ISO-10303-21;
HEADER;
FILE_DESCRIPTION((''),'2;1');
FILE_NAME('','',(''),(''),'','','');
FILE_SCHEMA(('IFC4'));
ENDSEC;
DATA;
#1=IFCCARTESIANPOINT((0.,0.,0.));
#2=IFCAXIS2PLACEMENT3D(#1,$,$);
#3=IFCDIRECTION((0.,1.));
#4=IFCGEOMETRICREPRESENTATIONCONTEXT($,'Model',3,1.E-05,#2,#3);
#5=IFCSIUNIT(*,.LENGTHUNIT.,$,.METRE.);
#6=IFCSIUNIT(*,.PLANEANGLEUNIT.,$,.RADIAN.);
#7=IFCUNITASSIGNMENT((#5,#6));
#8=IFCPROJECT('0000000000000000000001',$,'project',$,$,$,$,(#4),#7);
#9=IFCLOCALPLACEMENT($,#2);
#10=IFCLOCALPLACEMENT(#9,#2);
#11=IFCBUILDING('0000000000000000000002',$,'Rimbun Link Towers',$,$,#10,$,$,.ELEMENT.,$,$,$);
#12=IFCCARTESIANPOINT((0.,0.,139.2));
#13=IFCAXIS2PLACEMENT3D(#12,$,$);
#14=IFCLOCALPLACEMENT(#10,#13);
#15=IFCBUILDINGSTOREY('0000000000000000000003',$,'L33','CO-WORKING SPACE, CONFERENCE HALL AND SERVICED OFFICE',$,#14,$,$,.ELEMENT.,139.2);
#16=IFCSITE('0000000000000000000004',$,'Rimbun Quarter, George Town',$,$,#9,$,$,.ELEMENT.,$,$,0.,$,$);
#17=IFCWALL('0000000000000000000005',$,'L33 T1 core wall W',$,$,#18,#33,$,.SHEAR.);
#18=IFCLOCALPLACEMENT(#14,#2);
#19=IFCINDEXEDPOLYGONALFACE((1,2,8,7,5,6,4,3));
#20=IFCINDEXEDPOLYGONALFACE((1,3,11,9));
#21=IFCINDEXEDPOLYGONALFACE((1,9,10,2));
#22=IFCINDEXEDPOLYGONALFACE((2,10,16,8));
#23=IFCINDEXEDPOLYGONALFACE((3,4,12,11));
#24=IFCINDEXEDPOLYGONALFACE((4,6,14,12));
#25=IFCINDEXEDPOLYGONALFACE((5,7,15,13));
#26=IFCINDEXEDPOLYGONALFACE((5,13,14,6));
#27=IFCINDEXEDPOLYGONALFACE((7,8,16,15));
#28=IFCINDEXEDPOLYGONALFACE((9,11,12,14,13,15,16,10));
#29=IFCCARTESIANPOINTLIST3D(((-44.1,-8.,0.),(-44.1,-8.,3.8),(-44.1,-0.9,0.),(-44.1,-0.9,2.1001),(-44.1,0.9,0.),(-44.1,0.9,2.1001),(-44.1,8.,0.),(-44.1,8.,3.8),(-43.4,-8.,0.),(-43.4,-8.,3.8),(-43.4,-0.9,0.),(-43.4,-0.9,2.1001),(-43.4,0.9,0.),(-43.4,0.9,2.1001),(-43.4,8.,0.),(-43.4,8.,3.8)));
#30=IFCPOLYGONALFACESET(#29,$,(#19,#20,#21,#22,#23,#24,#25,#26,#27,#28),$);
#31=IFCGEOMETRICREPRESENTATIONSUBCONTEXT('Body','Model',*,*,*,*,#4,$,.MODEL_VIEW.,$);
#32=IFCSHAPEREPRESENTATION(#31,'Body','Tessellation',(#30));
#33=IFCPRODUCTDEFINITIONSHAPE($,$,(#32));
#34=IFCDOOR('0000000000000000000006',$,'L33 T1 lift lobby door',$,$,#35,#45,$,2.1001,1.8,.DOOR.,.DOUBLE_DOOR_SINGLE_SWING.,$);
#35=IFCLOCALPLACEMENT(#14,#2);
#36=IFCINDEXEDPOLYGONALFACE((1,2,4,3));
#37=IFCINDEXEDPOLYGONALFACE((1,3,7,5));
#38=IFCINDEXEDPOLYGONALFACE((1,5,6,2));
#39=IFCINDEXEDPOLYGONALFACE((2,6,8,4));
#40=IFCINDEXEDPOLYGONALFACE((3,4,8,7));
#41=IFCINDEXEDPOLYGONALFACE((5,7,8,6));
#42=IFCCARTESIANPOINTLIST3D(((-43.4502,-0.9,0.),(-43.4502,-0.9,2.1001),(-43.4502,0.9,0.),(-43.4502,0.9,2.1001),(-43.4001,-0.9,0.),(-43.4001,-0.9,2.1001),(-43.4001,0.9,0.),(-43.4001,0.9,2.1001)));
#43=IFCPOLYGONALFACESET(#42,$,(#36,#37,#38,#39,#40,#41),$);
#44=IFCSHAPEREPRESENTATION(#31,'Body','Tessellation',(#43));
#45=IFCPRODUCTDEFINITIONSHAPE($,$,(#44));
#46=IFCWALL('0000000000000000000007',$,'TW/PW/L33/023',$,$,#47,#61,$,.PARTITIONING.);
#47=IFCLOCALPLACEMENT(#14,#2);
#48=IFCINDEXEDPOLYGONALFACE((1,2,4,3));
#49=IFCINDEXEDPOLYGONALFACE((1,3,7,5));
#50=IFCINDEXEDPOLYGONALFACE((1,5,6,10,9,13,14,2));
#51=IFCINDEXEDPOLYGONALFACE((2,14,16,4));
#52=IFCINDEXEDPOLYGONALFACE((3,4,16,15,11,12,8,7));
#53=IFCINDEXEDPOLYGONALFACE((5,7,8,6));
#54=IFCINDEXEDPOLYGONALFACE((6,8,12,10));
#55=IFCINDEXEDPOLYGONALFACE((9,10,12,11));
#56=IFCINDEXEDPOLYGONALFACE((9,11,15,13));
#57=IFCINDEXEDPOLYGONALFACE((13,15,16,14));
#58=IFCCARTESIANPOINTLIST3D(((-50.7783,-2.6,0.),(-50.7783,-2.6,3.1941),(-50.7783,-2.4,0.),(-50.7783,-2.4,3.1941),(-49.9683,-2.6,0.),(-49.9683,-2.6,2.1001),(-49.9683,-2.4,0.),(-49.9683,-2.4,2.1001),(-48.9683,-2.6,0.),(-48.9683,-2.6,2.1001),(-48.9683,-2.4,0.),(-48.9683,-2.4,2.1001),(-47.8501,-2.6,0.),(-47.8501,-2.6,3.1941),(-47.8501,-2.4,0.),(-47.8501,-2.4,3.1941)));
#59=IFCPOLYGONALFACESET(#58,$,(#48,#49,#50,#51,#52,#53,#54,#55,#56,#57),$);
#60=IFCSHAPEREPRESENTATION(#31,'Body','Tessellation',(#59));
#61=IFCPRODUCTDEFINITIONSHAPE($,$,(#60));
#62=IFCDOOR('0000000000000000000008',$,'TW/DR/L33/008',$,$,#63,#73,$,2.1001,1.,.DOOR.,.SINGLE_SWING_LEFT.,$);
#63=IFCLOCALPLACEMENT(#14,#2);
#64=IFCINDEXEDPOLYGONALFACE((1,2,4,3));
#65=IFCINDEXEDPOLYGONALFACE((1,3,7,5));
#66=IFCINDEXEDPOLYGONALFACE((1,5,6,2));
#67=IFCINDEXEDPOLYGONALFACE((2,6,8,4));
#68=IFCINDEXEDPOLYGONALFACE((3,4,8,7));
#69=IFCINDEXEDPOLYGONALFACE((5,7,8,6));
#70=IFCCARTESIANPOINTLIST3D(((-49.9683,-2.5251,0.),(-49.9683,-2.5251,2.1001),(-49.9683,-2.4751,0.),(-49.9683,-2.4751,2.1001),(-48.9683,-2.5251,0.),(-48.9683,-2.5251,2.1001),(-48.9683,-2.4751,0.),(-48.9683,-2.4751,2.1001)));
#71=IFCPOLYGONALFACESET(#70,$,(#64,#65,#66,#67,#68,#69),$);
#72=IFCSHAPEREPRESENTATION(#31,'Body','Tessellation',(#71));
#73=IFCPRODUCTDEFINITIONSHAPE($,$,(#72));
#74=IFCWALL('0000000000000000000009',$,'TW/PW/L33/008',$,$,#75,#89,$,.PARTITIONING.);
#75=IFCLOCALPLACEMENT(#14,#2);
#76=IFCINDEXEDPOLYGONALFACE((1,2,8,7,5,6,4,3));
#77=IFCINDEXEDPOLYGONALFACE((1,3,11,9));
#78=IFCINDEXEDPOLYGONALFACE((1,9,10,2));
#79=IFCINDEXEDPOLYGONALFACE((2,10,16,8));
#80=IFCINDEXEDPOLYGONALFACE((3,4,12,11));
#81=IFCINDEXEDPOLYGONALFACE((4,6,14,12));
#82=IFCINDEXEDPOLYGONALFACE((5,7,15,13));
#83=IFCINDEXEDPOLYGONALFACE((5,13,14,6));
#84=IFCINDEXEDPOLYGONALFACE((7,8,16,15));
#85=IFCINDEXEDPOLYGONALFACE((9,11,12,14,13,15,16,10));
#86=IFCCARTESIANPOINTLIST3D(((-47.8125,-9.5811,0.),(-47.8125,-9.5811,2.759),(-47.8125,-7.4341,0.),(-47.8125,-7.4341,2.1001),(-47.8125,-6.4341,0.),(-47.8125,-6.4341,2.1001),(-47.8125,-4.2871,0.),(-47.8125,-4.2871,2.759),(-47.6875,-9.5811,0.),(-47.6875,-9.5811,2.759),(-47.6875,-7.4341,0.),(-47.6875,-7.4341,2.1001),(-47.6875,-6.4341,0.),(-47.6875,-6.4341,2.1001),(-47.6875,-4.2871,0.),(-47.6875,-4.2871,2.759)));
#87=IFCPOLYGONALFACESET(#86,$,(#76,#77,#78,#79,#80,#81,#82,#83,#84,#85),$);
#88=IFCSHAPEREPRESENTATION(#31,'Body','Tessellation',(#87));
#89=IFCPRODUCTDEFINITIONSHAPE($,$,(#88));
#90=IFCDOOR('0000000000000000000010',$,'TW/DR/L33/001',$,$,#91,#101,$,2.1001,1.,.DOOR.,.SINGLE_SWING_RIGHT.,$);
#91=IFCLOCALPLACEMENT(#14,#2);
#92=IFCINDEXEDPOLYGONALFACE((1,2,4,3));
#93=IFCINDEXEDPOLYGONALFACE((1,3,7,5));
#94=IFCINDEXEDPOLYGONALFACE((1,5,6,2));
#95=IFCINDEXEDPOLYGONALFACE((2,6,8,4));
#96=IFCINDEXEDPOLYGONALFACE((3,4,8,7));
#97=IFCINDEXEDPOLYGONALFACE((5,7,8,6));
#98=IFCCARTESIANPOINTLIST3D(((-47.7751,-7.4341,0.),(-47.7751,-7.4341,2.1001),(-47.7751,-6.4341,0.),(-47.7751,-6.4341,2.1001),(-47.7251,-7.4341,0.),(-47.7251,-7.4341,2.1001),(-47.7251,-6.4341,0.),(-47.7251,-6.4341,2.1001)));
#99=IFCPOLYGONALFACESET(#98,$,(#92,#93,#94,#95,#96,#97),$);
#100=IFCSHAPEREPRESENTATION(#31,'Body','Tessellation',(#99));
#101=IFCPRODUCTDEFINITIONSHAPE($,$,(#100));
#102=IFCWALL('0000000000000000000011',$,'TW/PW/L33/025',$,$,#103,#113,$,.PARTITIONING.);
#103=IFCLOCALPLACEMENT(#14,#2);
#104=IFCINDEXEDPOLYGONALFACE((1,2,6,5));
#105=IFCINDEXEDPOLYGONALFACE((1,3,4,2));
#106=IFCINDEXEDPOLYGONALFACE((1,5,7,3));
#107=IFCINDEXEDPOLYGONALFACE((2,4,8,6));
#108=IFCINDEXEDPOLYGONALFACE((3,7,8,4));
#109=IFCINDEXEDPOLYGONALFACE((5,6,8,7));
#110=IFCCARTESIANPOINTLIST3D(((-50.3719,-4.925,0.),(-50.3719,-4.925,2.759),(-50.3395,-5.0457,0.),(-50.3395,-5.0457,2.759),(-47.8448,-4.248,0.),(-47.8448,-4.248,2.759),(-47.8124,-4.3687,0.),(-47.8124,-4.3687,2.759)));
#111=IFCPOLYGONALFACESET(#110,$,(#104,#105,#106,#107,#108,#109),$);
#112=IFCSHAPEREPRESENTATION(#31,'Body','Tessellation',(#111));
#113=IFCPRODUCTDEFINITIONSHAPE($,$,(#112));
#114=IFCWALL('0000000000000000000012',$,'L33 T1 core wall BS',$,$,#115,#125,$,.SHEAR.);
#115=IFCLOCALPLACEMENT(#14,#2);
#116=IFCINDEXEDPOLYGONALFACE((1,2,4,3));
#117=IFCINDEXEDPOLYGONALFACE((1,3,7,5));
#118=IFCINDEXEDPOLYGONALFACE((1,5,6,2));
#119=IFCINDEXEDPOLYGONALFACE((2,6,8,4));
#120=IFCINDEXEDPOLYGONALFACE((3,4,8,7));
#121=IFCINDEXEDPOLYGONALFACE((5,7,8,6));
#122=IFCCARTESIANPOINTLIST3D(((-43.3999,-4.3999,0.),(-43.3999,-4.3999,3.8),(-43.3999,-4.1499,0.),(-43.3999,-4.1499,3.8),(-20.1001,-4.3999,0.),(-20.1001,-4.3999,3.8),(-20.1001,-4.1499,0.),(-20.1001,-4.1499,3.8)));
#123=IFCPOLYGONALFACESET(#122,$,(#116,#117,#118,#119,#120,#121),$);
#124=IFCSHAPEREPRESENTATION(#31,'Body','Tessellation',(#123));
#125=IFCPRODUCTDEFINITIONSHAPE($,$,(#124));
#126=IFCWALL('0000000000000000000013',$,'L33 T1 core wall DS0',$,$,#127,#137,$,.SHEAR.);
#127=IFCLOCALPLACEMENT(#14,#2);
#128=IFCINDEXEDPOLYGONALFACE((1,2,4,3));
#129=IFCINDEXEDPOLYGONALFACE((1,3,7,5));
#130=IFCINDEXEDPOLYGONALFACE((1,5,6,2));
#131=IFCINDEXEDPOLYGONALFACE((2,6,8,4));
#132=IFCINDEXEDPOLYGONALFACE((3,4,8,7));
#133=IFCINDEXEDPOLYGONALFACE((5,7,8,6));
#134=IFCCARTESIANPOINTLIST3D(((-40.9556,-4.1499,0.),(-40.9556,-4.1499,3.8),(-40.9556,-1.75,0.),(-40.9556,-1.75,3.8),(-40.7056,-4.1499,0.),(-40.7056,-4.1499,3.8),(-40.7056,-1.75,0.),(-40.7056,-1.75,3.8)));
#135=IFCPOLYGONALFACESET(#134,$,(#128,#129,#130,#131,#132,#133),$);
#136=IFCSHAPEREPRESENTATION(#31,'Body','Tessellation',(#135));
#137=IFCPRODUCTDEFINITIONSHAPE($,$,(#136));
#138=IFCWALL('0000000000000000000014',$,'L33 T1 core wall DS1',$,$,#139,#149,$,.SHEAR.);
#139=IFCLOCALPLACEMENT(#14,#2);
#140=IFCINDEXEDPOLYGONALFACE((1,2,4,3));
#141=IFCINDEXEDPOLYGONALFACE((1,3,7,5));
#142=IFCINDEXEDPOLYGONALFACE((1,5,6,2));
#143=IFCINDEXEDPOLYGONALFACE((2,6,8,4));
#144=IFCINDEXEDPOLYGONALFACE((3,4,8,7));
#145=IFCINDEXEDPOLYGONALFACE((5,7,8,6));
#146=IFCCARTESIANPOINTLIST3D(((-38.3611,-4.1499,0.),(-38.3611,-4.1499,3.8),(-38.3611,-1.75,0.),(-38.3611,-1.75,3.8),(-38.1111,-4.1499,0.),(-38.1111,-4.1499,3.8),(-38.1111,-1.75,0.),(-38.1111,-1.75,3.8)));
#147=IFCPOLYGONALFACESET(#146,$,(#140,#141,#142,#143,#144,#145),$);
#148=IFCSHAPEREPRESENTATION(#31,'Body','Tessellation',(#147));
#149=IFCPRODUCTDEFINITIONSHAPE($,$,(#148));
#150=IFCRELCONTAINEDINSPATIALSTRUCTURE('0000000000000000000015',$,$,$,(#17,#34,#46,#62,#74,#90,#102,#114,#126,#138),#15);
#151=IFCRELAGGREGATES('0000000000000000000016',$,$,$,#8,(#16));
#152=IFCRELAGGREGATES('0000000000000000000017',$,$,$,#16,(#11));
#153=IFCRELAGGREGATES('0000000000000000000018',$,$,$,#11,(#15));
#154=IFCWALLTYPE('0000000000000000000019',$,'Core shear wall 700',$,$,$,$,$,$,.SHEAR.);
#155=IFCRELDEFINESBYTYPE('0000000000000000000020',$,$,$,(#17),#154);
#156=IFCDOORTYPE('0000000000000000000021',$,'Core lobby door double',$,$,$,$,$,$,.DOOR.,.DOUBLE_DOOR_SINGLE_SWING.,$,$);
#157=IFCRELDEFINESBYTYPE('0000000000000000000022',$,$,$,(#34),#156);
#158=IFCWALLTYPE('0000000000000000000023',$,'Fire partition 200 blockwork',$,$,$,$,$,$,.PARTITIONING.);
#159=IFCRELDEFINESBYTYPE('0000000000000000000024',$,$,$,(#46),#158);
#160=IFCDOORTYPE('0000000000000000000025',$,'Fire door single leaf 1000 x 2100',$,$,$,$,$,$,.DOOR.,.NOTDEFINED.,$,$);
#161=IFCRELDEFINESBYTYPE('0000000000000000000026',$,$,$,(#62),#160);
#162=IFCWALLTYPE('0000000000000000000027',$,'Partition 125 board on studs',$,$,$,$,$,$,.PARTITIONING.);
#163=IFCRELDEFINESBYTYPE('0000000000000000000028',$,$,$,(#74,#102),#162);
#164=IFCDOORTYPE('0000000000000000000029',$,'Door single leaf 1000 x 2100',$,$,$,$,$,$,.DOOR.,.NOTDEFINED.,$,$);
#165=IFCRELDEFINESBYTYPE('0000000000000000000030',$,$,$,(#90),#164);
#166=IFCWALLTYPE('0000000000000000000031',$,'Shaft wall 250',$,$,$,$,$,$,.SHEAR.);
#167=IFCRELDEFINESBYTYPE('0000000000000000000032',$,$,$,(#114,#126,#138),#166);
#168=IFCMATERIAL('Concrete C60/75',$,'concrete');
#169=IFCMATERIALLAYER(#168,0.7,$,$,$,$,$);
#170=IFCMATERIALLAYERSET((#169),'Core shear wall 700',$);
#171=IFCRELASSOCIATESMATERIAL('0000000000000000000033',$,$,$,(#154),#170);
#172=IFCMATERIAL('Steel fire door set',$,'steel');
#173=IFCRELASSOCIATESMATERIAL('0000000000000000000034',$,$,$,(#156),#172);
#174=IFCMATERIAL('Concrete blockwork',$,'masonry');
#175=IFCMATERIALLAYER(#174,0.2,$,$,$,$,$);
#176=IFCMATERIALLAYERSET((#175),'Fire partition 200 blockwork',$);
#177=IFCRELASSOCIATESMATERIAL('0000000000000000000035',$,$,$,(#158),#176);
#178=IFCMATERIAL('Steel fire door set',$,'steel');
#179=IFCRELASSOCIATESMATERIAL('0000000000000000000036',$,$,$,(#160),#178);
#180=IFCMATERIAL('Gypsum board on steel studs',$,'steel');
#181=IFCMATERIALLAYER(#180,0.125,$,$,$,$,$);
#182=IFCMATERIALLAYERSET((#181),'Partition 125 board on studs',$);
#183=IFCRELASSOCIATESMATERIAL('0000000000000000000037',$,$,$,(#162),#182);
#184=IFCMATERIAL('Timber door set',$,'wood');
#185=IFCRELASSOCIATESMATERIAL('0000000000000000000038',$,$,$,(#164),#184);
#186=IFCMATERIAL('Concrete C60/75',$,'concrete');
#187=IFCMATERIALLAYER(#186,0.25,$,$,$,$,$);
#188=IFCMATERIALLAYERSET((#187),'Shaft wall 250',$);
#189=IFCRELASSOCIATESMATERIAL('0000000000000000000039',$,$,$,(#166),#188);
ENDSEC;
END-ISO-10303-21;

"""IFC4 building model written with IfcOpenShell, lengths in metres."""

from ifc_helpers import new_model, si_unit, direction, frame, frame_2d, origin, place, context, subcontext, project, spatial, rectangle, extrude, material, layer, layer_set, type_object, element, fill, save


model = new_model("IFC4")

# Units and contexts
model_context = context("Model", 3, precision=1e-05, world=origin(), true_north=direction((0.0, 1.0)))
body_context = subcontext(model_context, "Body", "Model", "MODEL_VIEW")
ifc_project = project(units=[si_unit("LENGTHUNIT", "METRE"), si_unit("PLANEANGLEUNIT", "RADIAN")], contexts=[model_context])

# Site, building, storey
site_placement = place(None, origin())
site = spatial("IfcSite", under=ifc_project, at=site_placement, Name="Rimbun Quarter, George Town", CompositionType="ELEMENT", RefElevation=0.0)
building_placement = place(site_placement, origin())
building = spatial("IfcBuilding", under=site, at=building_placement, Name="Rimbun Link Towers", CompositionType="ELEMENT")
storey_placement = place(building_placement, frame((0.0, 0.0, 139.2)))
storey = spatial("IfcBuildingStorey", under=building, at=storey_placement, Name="L33", Description="CO-WORKING SPACE, CONFERENCE HALL AND SERVICED OFFICE", CompositionType="ELEMENT", Elevation=139.2)

# Shared definitions
ifc_material_1 = material(Name="Concrete C60/75", Category="concrete")
ifc_layer_1 = layer(ifc_material_1, 0.7)
ifc_layer_set_1 = layer_set([ifc_layer_1], Name="Core shear wall 700")
wall_type_1 = type_object("IfcWallType", Name="Core shear wall 700", PredefinedType="SHEAR", material=ifc_layer_set_1)

# Walls, openings, doors
wall_1_placement = place(storey_placement, frame((-43.75, -8.0, 0.0), z_axis=(0.0, 0.0, 1.0), x_axis=(0.0, 1.0, 0.0)))
wall_1 = element("IfcWall", 1, at=wall_1_placement, inside=storey, type_object=wall_type_1, Name="L33 T1 core wall W", PredefinedType="SHEAR", context=body_context, shape_type="SweptSolid", body=[
    extrude(rectangle(XDim=16.0, YDim=0.7, at=frame_2d((8.0, 0.0))), origin(), (0.0, 0.0, 1.0), 3.8),
])
opening_1_placement = place(wall_1_placement, frame((7.1001, 0.0, 0.0)))
opening_1 = element("IfcOpeningElement", 2, at=opening_1_placement, cuts=wall_1, PredefinedType="OPENING", context=body_context, shape_type="SweptSolid", body=[
    extrude(rectangle(XDim=1.8, YDim=2.1001, at=frame_2d((0.8999, 1.05))), frame((0.0, 0.3599, 0.0), z_axis=(0.0, -1.0, 0.0), x_axis=(1.0, 0.0, 0.0)), (0.0, 0.0, 1.0), 0.72),
])
ifc_material_2 = material(Name="Steel fire door set", Category="steel")
door_type_1 = type_object("IfcDoorType", Name="Core lobby door double", OperationType="DOUBLE_DOOR_SINGLE_SWING", PredefinedType="DOOR", material=ifc_material_2)
door_1_placement = place(opening_1_placement, origin())
door_1 = element("IfcDoor", 3, at=door_1_placement, inside=storey, type_object=door_type_1, Name="L33 T1 lift lobby door", OperationType="DOUBLE_DOOR_SINGLE_SWING", OverallHeight=2.1001, OverallWidth=1.8, PredefinedType="DOOR", context=body_context, shape_type="SweptSolid", body=[
    extrude(rectangle(XDim=1.8, YDim=2.1001, at=frame_2d((0.8999, 1.05))), frame((0.0, -0.2998, 0.0), z_axis=(0.0, -1.0, 0.0), x_axis=(1.0, 0.0, 0.0)), (0.0, 0.0, 1.0), 0.05),
])
fill(opening_1, door_1)
ifc_material_3 = material(Name="Concrete blockwork", Category="masonry")
ifc_layer_2 = layer(ifc_material_3, 0.2)
ifc_layer_set_2 = layer_set([ifc_layer_2], Name="Fire partition 200 blockwork")
wall_type_2 = type_object("IfcWallType", Name="Fire partition 200 blockwork", PredefinedType="PARTITIONING", material=ifc_layer_set_2)
wall_2_placement = place(storey_placement, frame((-50.7783, -2.5, 0.0), z_axis=(0.0, 0.0, 1.0), x_axis=(1.0, 0.0, 0.0)))
wall_2 = element("IfcWall", 4, at=wall_2_placement, inside=storey, type_object=wall_type_2, Name="TW/PW/L33/023", PredefinedType="PARTITIONING", context=body_context, shape_type="SweptSolid", body=[
    extrude(rectangle(XDim=2.9282, YDim=0.2, at=frame_2d((1.4641, 0.0))), origin(), (0.0, 0.0, 1.0), 3.1941),
])
opening_2_placement = place(wall_2_placement, frame((0.8101, 0.0, 0.0)))
opening_2 = element("IfcOpeningElement", 5, at=opening_2_placement, cuts=wall_2, PredefinedType="OPENING", context=body_context, shape_type="SweptSolid", body=[
    extrude(rectangle(XDim=1.0, YDim=2.1001, at=frame_2d((0.5, 1.05))), frame((0.0, 0.1099, 0.0), z_axis=(0.0, -1.0, 0.0), x_axis=(1.0, 0.0, 0.0)), (0.0, 0.0, 1.0), 0.22),
])
ifc_material_4 = material(Name="Steel fire door set", Category="steel")
door_type_2 = type_object("IfcDoorType", Name="Fire door single leaf 1000 x 2100", OperationType="NOTDEFINED", PredefinedType="DOOR", material=ifc_material_4)
door_2_placement = place(opening_2_placement, origin())
door_2 = element("IfcDoor", 6, at=door_2_placement, inside=storey, type_object=door_type_2, Name="TW/DR/L33/008", OperationType="SINGLE_SWING_LEFT", OverallHeight=2.1001, OverallWidth=1.0, PredefinedType="DOOR", context=body_context, shape_type="SweptSolid", body=[
    extrude(rectangle(XDim=1.0, YDim=2.1001, at=frame_2d((0.5, 1.05))), frame((0.0, 0.0249, 0.0), z_axis=(0.0, -1.0, 0.0), x_axis=(1.0, 0.0, 0.0)), (0.0, 0.0, 1.0), 0.05),
])
fill(opening_2, door_2)
ifc_material_5 = material(Name="Gypsum board on steel studs", Category="steel")
ifc_layer_3 = layer(ifc_material_5, 0.125)
ifc_layer_set_3 = layer_set([ifc_layer_3], Name="Partition 125 board on studs")
wall_type_3 = type_object("IfcWallType", Name="Partition 125 board on studs", PredefinedType="PARTITIONING", material=ifc_layer_set_3)
wall_3_placement = place(storey_placement, frame((-47.75, -4.2871, 0.0), z_axis=(0.0, 0.0, 1.0), x_axis=(0.0, -1.0, 0.0)))
wall_3 = element("IfcWall", 7, at=wall_3_placement, inside=storey, type_object=wall_type_3, Name="TW/PW/L33/008", PredefinedType="PARTITIONING", context=body_context, shape_type="SweptSolid", body=[
    extrude(rectangle(XDim=5.2939, YDim=0.125, at=frame_2d((2.647, 0.0))), origin(), (0.0, 0.0, 1.0), 2.759),
])
opening_3_placement = place(wall_3_placement, frame((2.147, 0.0, 0.0)))
opening_3 = element("IfcOpeningElement", 8, at=opening_3_placement, cuts=wall_3, PredefinedType="OPENING", context=body_context, shape_type="SweptSolid", body=[
    extrude(rectangle(XDim=1.0, YDim=2.1001, at=frame_2d((0.5, 1.05))), frame((0.0, 0.0725, 0.0), z_axis=(0.0, -1.0, 0.0), x_axis=(1.0, 0.0, 0.0)), (0.0, 0.0, 1.0), 0.145),
])
ifc_material_6 = material(Name="Timber door set", Category="wood")
door_type_3 = type_object("IfcDoorType", Name="Door single leaf 1000 x 2100", OperationType="NOTDEFINED", PredefinedType="DOOR", material=ifc_material_6)
door_3_placement = place(opening_3_placement, origin())
door_3 = element("IfcDoor", 9, at=door_3_placement, inside=storey, type_object=door_type_3, Name="TW/DR/L33/001", OperationType="SINGLE_SWING_RIGHT", OverallHeight=2.1001, OverallWidth=1.0, PredefinedType="DOOR", context=body_context, shape_type="SweptSolid", body=[
    extrude(rectangle(XDim=1.0, YDim=2.1001, at=frame_2d((0.5, 1.05))), frame((0.0, 0.0249, 0.0), z_axis=(0.0, -1.0, 0.0), x_axis=(1.0, 0.0, 0.0)), (0.0, 0.0, 1.0), 0.05),
])
fill(opening_3, door_3)

# Walls
wall_4_placement = place(storey_placement, frame((-47.8286, -4.3083, 0.0), z_axis=(0.0, 0.0, 1.0), x_axis=(-0.965938, -0.258772, 0.0)))
element("IfcWall", 10, at=wall_4_placement, inside=storey, type_object=wall_type_3, Name="TW/PW/L33/025", PredefinedType="PARTITIONING", context=body_context, shape_type="SweptSolid", body=[
    extrude(rectangle(XDim=2.6162, YDim=0.125, at=frame_2d((1.3081, 0.0))), origin(), (0.0, 0.0, 1.0), 2.759),
])
ifc_material_7 = material(Name="Concrete C60/75", Category="concrete")
ifc_layer_4 = layer(ifc_material_7, 0.25)
ifc_layer_set_4 = layer_set([ifc_layer_4], Name="Shaft wall 250")
wall_type_4 = type_object("IfcWallType", Name="Shaft wall 250", PredefinedType="SHEAR", material=ifc_layer_set_4)
wall_5_placement = place(storey_placement, frame((-43.3999, -4.2749, 0.0), z_axis=(0.0, 0.0, 1.0), x_axis=(1.0, 0.0, 0.0)))
element("IfcWall", 11, at=wall_5_placement, inside=storey, type_object=wall_type_4, Name="L33 T1 core wall BS", PredefinedType="SHEAR", context=body_context, shape_type="SweptSolid", body=[
    extrude(rectangle(XDim=23.2998, YDim=0.25, at=frame_2d((11.6499, 0.0))), origin(), (0.0, 0.0, 1.0), 3.8),
])
for number, where, z_axis, x_axis, name in (
    (12, (-40.8306, -4.1499, 0.0), (0.0, 0.0, 1.0), (0.0, 1.0, 0.0), "L33 T1 core wall DS0"),
    (13, (-38.2361, -4.1499, 0.0), (0.0, 0.0, 1.0), (0.0, 1.0, 0.0), "L33 T1 core wall DS1"),
):
    element("IfcWall", number, at=place(storey_placement, frame(where, z_axis=z_axis, x_axis=x_axis)), inside=storey, type_object=wall_type_4, Name=name, PredefinedType="SHEAR", context=body_context, shape_type="SweptSolid", body=[
        extrude(rectangle(XDim=2.3999, YDim=0.25, at=frame_2d((1.2, 0.0))), origin(), (0.0, 0.0, 1.0), 3.8),
    ])

save(model, "model.ifc")
